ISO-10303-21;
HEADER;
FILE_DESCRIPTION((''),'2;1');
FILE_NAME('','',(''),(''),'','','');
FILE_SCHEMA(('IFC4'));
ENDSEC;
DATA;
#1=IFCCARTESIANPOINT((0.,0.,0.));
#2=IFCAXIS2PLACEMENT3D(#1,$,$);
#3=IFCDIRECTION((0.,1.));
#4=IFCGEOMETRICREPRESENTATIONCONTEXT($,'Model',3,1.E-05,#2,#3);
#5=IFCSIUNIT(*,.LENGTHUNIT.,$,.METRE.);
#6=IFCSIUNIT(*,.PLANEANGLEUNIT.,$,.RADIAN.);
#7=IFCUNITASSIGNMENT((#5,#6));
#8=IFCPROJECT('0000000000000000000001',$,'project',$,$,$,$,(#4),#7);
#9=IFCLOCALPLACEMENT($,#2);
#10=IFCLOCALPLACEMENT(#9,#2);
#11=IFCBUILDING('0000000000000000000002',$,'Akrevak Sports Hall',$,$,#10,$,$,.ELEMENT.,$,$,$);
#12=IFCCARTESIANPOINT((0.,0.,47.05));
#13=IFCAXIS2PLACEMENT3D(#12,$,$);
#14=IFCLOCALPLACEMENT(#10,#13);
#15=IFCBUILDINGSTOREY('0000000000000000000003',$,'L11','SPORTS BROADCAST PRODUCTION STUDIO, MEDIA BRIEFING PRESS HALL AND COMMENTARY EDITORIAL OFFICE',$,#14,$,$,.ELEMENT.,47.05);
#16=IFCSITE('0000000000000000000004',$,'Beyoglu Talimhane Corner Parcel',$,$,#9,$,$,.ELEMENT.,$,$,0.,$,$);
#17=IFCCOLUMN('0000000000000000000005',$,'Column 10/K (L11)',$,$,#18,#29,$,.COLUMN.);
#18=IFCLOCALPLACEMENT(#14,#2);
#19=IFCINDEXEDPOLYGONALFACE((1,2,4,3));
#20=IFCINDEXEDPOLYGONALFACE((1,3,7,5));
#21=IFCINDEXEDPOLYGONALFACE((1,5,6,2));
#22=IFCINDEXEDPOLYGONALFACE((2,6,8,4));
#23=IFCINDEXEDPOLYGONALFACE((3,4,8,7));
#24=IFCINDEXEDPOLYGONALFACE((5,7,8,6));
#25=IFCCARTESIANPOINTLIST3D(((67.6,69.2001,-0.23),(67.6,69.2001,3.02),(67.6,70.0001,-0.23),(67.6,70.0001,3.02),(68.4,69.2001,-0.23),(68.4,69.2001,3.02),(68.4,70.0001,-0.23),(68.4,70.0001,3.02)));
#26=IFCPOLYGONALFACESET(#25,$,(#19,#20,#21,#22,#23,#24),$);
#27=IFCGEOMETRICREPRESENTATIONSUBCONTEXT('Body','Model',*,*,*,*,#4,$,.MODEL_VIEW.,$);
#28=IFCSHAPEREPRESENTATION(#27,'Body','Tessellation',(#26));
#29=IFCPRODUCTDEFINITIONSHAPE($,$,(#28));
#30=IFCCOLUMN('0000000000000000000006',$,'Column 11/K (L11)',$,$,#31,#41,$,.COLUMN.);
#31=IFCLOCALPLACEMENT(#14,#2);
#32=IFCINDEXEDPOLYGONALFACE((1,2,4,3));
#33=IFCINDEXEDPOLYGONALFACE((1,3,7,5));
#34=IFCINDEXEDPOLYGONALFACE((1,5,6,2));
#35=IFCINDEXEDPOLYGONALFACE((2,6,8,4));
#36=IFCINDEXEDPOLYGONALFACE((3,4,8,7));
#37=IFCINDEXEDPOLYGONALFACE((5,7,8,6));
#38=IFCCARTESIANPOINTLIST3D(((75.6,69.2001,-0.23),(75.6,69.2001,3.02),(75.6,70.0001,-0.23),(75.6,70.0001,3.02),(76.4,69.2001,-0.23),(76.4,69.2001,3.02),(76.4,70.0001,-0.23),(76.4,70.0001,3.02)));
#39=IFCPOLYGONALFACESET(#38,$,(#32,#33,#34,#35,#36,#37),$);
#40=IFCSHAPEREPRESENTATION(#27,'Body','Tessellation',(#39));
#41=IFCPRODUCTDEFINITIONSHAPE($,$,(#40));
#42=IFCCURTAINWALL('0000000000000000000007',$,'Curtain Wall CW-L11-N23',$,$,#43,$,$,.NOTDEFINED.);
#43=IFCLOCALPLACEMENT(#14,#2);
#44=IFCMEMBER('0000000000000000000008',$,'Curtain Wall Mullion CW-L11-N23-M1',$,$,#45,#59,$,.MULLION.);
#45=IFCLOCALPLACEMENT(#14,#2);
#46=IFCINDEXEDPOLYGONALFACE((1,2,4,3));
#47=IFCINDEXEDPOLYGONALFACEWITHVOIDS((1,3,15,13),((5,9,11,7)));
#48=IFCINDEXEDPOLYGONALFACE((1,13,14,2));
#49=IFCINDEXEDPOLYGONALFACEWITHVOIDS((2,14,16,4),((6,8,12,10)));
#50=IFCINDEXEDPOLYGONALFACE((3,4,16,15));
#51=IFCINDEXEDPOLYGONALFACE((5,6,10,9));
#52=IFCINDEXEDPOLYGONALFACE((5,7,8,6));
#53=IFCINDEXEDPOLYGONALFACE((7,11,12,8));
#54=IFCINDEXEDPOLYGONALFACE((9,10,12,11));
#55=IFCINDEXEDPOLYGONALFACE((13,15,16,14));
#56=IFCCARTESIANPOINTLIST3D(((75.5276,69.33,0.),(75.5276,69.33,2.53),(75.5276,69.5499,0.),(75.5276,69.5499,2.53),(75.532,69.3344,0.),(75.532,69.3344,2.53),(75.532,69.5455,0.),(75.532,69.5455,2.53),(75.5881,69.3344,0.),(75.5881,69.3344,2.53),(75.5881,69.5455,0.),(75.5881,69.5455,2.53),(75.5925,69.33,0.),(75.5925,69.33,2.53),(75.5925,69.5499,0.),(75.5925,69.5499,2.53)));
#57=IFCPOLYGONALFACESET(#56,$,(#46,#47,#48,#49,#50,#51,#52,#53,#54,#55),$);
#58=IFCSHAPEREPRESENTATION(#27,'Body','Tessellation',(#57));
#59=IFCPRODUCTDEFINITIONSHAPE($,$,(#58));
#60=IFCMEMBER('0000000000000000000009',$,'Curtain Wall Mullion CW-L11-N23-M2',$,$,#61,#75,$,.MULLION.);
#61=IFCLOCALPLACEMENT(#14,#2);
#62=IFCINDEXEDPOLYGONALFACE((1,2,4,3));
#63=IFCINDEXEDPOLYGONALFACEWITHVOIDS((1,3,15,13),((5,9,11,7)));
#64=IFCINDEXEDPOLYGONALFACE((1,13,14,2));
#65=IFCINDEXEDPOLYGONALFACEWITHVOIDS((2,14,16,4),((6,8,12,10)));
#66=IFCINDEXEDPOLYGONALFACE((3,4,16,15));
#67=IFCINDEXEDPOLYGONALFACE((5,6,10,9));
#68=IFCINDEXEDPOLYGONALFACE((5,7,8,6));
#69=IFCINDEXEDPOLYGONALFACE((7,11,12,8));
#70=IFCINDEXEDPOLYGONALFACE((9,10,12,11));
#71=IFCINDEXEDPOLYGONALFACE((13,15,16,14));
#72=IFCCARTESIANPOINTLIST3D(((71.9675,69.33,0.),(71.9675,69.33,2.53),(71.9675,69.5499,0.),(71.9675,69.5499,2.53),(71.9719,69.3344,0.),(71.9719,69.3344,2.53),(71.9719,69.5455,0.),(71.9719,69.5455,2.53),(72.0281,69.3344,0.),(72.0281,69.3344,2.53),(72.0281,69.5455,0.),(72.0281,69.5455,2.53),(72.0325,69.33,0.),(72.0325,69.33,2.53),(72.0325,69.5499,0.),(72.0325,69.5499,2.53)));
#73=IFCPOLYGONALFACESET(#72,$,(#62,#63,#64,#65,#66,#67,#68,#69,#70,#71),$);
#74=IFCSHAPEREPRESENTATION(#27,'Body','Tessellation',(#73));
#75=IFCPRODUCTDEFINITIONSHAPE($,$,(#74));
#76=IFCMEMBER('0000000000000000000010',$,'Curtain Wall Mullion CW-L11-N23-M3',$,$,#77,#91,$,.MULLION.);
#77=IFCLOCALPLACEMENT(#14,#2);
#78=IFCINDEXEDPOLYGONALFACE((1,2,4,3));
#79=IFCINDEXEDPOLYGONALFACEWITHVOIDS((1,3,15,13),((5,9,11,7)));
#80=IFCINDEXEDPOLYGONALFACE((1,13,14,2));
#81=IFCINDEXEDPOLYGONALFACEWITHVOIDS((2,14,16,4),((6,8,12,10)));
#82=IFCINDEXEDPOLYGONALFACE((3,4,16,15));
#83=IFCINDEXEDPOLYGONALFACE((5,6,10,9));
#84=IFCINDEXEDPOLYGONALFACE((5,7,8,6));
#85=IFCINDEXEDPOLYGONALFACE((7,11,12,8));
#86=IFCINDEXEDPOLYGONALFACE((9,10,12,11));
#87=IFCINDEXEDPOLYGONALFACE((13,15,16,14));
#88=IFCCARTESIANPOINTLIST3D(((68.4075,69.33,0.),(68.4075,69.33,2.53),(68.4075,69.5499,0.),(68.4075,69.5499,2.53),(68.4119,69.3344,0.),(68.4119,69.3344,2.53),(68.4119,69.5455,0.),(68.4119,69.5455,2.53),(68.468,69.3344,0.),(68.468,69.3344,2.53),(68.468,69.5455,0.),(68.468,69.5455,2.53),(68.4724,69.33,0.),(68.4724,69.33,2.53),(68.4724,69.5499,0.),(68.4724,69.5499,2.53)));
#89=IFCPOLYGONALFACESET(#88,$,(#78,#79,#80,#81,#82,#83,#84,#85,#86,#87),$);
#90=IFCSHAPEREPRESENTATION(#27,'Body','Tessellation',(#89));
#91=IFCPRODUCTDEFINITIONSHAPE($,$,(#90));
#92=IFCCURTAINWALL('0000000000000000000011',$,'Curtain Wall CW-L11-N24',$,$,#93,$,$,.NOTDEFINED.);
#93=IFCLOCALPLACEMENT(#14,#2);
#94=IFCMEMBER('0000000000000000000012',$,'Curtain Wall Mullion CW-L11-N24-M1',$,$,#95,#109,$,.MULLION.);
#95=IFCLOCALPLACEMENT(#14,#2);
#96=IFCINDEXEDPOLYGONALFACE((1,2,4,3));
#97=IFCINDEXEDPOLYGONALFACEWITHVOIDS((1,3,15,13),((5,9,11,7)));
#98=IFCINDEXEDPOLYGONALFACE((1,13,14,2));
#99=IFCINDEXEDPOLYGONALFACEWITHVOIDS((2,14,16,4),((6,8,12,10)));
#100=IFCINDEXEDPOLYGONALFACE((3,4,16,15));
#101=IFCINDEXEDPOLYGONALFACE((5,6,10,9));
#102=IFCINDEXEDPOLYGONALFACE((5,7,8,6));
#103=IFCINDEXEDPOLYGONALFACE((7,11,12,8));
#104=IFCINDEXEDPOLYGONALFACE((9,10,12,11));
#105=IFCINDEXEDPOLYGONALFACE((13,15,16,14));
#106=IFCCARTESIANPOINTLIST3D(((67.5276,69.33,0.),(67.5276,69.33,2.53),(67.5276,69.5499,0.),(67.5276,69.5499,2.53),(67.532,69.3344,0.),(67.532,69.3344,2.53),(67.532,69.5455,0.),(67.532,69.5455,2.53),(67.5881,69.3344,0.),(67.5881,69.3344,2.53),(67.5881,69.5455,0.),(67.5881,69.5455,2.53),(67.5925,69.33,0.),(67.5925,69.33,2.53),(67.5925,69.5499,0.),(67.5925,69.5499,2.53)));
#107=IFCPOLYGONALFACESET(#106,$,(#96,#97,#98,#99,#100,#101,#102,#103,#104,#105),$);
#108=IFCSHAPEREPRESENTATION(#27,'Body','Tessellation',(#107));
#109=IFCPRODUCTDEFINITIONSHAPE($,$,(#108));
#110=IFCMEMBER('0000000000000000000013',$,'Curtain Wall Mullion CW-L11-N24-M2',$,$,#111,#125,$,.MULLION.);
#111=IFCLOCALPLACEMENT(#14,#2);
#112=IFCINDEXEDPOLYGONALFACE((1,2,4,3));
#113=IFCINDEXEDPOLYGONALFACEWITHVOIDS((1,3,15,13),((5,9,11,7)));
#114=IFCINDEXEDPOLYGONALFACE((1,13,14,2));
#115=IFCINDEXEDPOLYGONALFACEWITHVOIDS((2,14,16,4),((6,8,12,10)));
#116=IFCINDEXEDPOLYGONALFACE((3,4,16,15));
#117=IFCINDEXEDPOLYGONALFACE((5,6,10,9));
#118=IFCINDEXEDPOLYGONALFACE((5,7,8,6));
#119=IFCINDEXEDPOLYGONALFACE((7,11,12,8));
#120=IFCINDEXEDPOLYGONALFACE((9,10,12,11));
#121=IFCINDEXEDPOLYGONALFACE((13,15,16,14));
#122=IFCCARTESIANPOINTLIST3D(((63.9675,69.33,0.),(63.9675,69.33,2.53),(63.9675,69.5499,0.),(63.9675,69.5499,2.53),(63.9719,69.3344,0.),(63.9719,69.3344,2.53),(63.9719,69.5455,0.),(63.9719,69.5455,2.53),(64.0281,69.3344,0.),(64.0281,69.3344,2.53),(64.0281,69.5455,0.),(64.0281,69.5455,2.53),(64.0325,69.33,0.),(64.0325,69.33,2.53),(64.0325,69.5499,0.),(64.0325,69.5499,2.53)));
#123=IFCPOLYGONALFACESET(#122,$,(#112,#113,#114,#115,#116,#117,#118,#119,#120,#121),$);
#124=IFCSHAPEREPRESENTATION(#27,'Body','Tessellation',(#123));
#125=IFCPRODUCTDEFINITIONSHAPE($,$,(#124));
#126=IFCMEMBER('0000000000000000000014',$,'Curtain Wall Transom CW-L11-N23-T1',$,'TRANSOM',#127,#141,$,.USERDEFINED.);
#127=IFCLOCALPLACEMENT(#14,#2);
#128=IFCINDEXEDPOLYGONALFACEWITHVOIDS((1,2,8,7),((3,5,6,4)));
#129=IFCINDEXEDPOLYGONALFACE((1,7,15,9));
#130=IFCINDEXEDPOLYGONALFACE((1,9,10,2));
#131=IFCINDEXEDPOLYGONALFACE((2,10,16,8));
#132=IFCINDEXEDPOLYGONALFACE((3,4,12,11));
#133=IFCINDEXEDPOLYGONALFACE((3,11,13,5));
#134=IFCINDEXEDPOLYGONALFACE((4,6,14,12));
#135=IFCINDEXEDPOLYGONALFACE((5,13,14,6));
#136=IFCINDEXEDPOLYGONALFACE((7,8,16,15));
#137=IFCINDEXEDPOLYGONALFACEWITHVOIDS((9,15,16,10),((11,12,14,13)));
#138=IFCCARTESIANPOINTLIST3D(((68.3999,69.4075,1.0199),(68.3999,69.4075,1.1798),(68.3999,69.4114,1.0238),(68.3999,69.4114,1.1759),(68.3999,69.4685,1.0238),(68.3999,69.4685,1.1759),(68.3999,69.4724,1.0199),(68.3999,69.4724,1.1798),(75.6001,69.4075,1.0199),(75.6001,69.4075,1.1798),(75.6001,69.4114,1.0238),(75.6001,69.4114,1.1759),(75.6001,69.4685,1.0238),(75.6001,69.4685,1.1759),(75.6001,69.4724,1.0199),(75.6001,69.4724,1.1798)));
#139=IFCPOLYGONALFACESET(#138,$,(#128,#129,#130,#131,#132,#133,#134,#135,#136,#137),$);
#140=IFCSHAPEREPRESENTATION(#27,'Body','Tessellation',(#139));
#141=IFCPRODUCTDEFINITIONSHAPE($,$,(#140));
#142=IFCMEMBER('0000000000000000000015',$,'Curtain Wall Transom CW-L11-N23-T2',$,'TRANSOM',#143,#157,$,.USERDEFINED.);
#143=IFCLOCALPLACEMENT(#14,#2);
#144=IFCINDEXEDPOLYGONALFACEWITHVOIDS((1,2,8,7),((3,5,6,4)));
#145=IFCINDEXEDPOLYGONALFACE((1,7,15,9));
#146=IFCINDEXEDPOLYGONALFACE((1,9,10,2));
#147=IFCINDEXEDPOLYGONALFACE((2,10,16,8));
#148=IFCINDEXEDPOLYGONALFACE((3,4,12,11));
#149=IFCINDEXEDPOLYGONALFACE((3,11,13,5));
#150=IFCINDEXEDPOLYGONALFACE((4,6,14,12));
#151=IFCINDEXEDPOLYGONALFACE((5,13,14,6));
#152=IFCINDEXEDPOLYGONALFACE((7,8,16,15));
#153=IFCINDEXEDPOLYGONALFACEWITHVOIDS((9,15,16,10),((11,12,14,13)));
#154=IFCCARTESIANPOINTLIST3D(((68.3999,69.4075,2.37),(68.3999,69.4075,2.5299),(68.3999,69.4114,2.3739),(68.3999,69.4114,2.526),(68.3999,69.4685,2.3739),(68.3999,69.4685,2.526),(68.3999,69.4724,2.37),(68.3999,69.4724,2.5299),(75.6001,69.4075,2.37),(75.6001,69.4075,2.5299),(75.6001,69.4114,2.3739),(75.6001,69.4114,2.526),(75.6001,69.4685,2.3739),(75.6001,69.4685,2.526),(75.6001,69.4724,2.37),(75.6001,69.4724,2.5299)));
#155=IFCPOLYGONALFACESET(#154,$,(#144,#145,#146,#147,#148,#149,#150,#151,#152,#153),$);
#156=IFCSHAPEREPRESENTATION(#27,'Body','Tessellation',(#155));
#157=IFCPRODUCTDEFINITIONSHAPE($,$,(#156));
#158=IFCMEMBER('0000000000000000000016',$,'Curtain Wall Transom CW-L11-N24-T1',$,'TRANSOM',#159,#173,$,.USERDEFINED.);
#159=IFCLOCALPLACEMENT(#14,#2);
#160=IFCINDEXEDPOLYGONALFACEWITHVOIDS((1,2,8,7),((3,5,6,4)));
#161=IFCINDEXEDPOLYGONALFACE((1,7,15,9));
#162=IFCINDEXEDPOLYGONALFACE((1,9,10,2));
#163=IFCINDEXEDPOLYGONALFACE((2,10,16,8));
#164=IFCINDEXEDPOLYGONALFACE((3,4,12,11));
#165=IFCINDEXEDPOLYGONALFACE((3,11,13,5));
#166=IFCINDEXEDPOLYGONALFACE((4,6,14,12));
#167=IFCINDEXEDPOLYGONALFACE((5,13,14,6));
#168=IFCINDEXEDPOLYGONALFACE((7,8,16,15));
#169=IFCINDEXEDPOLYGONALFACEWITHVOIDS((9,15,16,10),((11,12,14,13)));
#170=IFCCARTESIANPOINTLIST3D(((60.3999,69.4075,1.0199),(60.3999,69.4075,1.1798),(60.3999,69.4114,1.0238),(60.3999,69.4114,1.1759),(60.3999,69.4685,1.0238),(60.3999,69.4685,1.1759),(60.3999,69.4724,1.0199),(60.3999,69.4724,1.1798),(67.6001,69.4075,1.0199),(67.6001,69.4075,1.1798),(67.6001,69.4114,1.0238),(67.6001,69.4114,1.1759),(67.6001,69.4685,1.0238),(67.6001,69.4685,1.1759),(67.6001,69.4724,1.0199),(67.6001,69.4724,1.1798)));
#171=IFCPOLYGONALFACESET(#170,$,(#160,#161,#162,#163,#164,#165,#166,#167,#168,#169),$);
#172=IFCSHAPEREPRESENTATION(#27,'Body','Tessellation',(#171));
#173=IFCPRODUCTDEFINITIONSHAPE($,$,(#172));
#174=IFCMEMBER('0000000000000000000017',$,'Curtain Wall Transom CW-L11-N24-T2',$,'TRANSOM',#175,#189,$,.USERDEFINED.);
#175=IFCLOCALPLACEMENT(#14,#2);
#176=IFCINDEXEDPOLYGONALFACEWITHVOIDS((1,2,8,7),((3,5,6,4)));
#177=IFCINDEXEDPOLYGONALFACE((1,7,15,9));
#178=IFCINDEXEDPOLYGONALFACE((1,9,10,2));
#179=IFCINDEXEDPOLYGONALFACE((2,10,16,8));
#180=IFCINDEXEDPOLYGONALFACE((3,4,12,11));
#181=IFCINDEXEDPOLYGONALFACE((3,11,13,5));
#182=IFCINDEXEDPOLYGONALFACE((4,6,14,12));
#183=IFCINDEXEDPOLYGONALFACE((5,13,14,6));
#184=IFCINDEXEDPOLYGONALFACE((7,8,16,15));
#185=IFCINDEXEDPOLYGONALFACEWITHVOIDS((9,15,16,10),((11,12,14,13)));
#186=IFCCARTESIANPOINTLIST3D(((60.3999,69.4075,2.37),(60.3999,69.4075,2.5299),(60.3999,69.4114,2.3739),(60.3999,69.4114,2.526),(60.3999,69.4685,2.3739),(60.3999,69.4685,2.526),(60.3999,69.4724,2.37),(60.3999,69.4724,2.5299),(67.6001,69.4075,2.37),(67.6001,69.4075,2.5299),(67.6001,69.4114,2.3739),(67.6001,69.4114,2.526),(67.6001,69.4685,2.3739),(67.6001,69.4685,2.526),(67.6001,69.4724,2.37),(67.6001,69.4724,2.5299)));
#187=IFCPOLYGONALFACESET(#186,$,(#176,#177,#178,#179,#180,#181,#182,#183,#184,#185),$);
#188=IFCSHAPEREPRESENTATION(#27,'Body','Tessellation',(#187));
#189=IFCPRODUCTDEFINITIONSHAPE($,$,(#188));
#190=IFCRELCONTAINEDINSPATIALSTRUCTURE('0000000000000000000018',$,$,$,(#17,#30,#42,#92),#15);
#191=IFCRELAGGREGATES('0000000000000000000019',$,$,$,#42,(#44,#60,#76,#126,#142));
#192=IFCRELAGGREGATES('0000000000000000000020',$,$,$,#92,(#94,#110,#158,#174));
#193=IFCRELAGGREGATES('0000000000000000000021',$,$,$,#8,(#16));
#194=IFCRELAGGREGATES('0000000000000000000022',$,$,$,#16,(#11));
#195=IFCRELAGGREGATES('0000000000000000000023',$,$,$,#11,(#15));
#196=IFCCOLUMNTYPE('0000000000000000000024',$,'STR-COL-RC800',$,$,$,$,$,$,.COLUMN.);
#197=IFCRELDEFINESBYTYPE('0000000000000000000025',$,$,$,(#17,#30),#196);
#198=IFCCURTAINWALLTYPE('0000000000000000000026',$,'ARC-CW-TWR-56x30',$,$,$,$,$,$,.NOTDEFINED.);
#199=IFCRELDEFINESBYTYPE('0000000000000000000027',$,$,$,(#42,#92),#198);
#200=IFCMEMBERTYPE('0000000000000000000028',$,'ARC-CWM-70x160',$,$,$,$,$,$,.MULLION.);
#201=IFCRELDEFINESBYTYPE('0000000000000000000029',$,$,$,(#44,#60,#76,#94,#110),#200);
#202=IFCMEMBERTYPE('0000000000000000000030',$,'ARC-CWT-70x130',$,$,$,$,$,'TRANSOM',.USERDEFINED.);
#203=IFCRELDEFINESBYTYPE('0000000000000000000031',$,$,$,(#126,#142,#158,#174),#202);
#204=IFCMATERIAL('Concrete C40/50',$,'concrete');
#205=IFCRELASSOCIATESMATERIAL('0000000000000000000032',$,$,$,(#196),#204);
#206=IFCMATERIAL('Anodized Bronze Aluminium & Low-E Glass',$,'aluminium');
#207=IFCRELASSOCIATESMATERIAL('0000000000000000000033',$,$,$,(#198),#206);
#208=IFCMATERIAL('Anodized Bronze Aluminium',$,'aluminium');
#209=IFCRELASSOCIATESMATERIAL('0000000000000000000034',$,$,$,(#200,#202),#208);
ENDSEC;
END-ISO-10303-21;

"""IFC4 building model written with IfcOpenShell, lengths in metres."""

from ifc_helpers import new_model, si_unit, direction, frame, origin, origin_2d, place, context, subcontext, project, spatial, rectangle, hollow_rectangle, extrude, material, material_profile, profile_set, type_object, element, aggregate, save


model = new_model("IFC4")

# Units and contexts
model_context = context("Model", 3, precision=1e-05, world=origin(), true_north=direction((0.0, 1.0)))
body_context = subcontext(model_context, "Body", "Model", "MODEL_VIEW")
ifc_project = project(units=[si_unit("LENGTHUNIT", "METRE"), si_unit("PLANEANGLEUNIT", "RADIAN")], contexts=[model_context])

# Site, building, storey
site_placement = place(None, origin())
site = spatial("IfcSite", under=ifc_project, at=site_placement, Name="Beyoglu Talimhane Corner Parcel", CompositionType="ELEMENT", RefElevation=0.0)
building_placement = place(site_placement, origin())
building = spatial("IfcBuilding", under=site, at=building_placement, Name="Akrevak Sports Hall", CompositionType="ELEMENT")
storey_placement = place(building_placement, frame((0.0, 0.0, 47.05)))
storey = spatial("IfcBuildingStorey", under=building, at=storey_placement, Name="L11", Description="SPORTS BROADCAST PRODUCTION STUDIO, MEDIA BRIEFING PRESS HALL AND COMMENTARY EDITORIAL OFFICE", CompositionType="ELEMENT", Elevation=47.05)

# Columns
ifc_material_1 = material(Name="Concrete C40/50", Category="concrete")
ifc_material_profile_1 = material_profile(ifc_material_1, rectangle(XDim=0.8, YDim=0.8, at=origin_2d()), Name="RC 800x800", Category="concrete")
ifc_profile_set_1 = profile_set([ifc_material_profile_1], Name="Concrete C40/50")
column_type = type_object("IfcColumnType", Name="STR-COL-RC800", PredefinedType="COLUMN", material=ifc_profile_set_1)
for number, where, z_axis, x_axis, name in (
    (1, (68.0, 69.6001, -0.23), (0.0, 0.0, 1.0), (1.0, 0.0, 0.0), "Column 10/K (L11)"),
    (2, (76.0, 69.6001, -0.23), (0.0, 0.0, 1.0), (1.0, 0.0, 0.0), "Column 11/K (L11)"),
):
    element("IfcColumn", number, at=place(storey_placement, frame(where, z_axis=z_axis, x_axis=x_axis)), inside=storey, type_object=column_type, Name=name, PredefinedType="COLUMN", context=body_context, shape_type="SweptSolid", body=[
        extrude(rectangle(XDim=0.8, YDim=0.8, at=origin_2d()), origin(), (0.0, 0.0, 1.0), 3.25),
    ])

# Curtain walls, members
ifc_material_2 = material(Name="Anodized Bronze Aluminium & Low-E Glass", Category="aluminium")
curtain_wall_type = type_object("IfcCurtainWallType", Name="ARC-CW-TWR-56x30", PredefinedType="NOTDEFINED", material=ifc_material_2)
curtain_wall_1_placement = place(storey_placement, origin())
curtain_wall_1 = element("IfcCurtainWall", 3, at=curtain_wall_1_placement, inside=storey, type_object=curtain_wall_type, Name="Curtain Wall CW-L11-N23", PredefinedType="NOTDEFINED")
ifc_material_3 = material(Name="Anodized Bronze Aluminium", Category="aluminium")
ifc_material_profile_2 = material_profile(ifc_material_3, hollow_rectangle(XDim=0.0649, YDim=0.22, WallThickness=0.0044, at=origin_2d()), Name="CWM 65x220", Category="aluminium")
ifc_profile_set_2 = profile_set([ifc_material_profile_2], Name="Anodized Bronze Aluminium")
member_type_1 = type_object("IfcMemberType", Name="ARC-CWM-70x160", PredefinedType="MULLION", material=ifc_profile_set_2)
member_1_placement = place(storey_placement, frame((75.5601, 69.4399, 0.0), z_axis=(0.0, 0.0, 1.0), x_axis=(-1.0, 0.0, 0.0)))
member_1 = element("IfcMember", 4, at=member_1_placement, type_object=member_type_1, Name="Curtain Wall Mullion CW-L11-N23-M1", PredefinedType="MULLION", context=body_context, shape_type="SweptSolid", body=[
    extrude(hollow_rectangle(XDim=0.0649, YDim=0.22, WallThickness=0.0044, at=origin_2d()), origin(), (0.0, 0.0, 1.0), 2.53),
])
member_2_placement = place(storey_placement, frame((72.0, 69.4399, 0.0), z_axis=(0.0, 0.0, 1.0), x_axis=(-1.0, 0.0, 0.0)))
member_2 = element("IfcMember", 5, at=member_2_placement, type_object=member_type_1, Name="Curtain Wall Mullion CW-L11-N23-M2", PredefinedType="MULLION", context=body_context, shape_type="SweptSolid", body=[
    extrude(hollow_rectangle(XDim=0.0649, YDim=0.22, WallThickness=0.0044, at=origin_2d()), origin(), (0.0, 0.0, 1.0), 2.53),
])
member_3_placement = place(storey_placement, frame((68.4399, 69.4399, 0.0), z_axis=(0.0, 0.0, 1.0), x_axis=(-1.0, 0.0, 0.0)))
member_3 = element("IfcMember", 6, at=member_3_placement, type_object=member_type_1, Name="Curtain Wall Mullion CW-L11-N23-M3", PredefinedType="MULLION", context=body_context, shape_type="SweptSolid", body=[
    extrude(hollow_rectangle(XDim=0.0649, YDim=0.22, WallThickness=0.0044, at=origin_2d()), origin(), (0.0, 0.0, 1.0), 2.53),
])
curtain_wall_2_placement = place(storey_placement, origin())
curtain_wall_2 = element("IfcCurtainWall", 7, at=curtain_wall_2_placement, inside=storey, type_object=curtain_wall_type, Name="Curtain Wall CW-L11-N24", PredefinedType="NOTDEFINED")
member_4_placement = place(storey_placement, frame((67.5601, 69.4399, 0.0), z_axis=(0.0, 0.0, 1.0), x_axis=(-1.0, 0.0, 0.0)))
member_4 = element("IfcMember", 8, at=member_4_placement, type_object=member_type_1, Name="Curtain Wall Mullion CW-L11-N24-M1", PredefinedType="MULLION", context=body_context, shape_type="SweptSolid", body=[
    extrude(hollow_rectangle(XDim=0.0649, YDim=0.22, WallThickness=0.0044, at=origin_2d()), origin(), (0.0, 0.0, 1.0), 2.53),
])
member_5_placement = place(storey_placement, frame((64.0, 69.4399, 0.0), z_axis=(0.0, 0.0, 1.0), x_axis=(-1.0, 0.0, 0.0)))
member_5 = element("IfcMember", 9, at=member_5_placement, type_object=member_type_1, Name="Curtain Wall Mullion CW-L11-N24-M2", PredefinedType="MULLION", context=body_context, shape_type="SweptSolid", body=[
    extrude(hollow_rectangle(XDim=0.0649, YDim=0.22, WallThickness=0.0044, at=origin_2d()), origin(), (0.0, 0.0, 1.0), 2.53),
])

# Members
ifc_material_profile_3 = material_profile(ifc_material_3, hollow_rectangle(XDim=0.0649, YDim=0.1599, WallThickness=0.0039, at=origin_2d()), Name="CWT 65x160", Category="aluminium")
ifc_profile_set_3 = profile_set([ifc_material_profile_3], Name="Anodized Bronze Aluminium")
member_type_2 = type_object("IfcMemberType", Name="ARC-CWT-70x130", ElementType="TRANSOM", PredefinedType="USERDEFINED", material=ifc_profile_set_3)
member_6_placement = place(storey_placement, frame((75.6001, 69.4399, 1.0999), z_axis=(-1.0, 0.0, 0.0), x_axis=(0.0, -1.0, 0.0)))
member_6 = element("IfcMember", 10, at=member_6_placement, type_object=member_type_2, Name="Curtain Wall Transom CW-L11-N23-T1", ObjectType="TRANSOM", PredefinedType="USERDEFINED", context=body_context, shape_type="SweptSolid", body=[
    extrude(hollow_rectangle(XDim=0.0649, YDim=0.1599, WallThickness=0.0039, at=origin_2d()), origin(), (0.0, 0.0, 1.0), 7.2002),
])
member_7_placement = place(storey_placement, frame((75.6001, 69.4399, 2.45), z_axis=(-1.0, 0.0, 0.0), x_axis=(0.0, -1.0, 0.0)))
member_7 = element("IfcMember", 11, at=member_7_placement, type_object=member_type_2, Name="Curtain Wall Transom CW-L11-N23-T2", ObjectType="TRANSOM", PredefinedType="USERDEFINED", context=body_context, shape_type="SweptSolid", body=[
    extrude(hollow_rectangle(XDim=0.0649, YDim=0.1599, WallThickness=0.0039, at=origin_2d()), origin(), (0.0, 0.0, 1.0), 7.2002),
])
member_8_placement = place(storey_placement, frame((67.6001, 69.4399, 1.0999), z_axis=(-1.0, 0.0, 0.0), x_axis=(0.0, -1.0, 0.0)))
member_8 = element("IfcMember", 12, at=member_8_placement, type_object=member_type_2, Name="Curtain Wall Transom CW-L11-N24-T1", ObjectType="TRANSOM", PredefinedType="USERDEFINED", context=body_context, shape_type="SweptSolid", body=[
    extrude(hollow_rectangle(XDim=0.0649, YDim=0.1599, WallThickness=0.0039, at=origin_2d()), origin(), (0.0, 0.0, 1.0), 7.2002),
])
member_9_placement = place(storey_placement, frame((67.6001, 69.4399, 2.45), z_axis=(-1.0, 0.0, 0.0), x_axis=(0.0, -1.0, 0.0)))
member_9 = element("IfcMember", 13, at=member_9_placement, type_object=member_type_2, Name="Curtain Wall Transom CW-L11-N24-T2", ObjectType="TRANSOM", PredefinedType="USERDEFINED", context=body_context, shape_type="SweptSolid", body=[
    extrude(hollow_rectangle(XDim=0.0649, YDim=0.1599, WallThickness=0.0039, at=origin_2d()), origin(), (0.0, 0.0, 1.0), 7.2002),
])

aggregate(curtain_wall_1, [member_1, member_2, member_3, member_6, member_7])
aggregate(curtain_wall_2, [member_4, member_5, member_8, member_9])

save(model, "model.ifc")
